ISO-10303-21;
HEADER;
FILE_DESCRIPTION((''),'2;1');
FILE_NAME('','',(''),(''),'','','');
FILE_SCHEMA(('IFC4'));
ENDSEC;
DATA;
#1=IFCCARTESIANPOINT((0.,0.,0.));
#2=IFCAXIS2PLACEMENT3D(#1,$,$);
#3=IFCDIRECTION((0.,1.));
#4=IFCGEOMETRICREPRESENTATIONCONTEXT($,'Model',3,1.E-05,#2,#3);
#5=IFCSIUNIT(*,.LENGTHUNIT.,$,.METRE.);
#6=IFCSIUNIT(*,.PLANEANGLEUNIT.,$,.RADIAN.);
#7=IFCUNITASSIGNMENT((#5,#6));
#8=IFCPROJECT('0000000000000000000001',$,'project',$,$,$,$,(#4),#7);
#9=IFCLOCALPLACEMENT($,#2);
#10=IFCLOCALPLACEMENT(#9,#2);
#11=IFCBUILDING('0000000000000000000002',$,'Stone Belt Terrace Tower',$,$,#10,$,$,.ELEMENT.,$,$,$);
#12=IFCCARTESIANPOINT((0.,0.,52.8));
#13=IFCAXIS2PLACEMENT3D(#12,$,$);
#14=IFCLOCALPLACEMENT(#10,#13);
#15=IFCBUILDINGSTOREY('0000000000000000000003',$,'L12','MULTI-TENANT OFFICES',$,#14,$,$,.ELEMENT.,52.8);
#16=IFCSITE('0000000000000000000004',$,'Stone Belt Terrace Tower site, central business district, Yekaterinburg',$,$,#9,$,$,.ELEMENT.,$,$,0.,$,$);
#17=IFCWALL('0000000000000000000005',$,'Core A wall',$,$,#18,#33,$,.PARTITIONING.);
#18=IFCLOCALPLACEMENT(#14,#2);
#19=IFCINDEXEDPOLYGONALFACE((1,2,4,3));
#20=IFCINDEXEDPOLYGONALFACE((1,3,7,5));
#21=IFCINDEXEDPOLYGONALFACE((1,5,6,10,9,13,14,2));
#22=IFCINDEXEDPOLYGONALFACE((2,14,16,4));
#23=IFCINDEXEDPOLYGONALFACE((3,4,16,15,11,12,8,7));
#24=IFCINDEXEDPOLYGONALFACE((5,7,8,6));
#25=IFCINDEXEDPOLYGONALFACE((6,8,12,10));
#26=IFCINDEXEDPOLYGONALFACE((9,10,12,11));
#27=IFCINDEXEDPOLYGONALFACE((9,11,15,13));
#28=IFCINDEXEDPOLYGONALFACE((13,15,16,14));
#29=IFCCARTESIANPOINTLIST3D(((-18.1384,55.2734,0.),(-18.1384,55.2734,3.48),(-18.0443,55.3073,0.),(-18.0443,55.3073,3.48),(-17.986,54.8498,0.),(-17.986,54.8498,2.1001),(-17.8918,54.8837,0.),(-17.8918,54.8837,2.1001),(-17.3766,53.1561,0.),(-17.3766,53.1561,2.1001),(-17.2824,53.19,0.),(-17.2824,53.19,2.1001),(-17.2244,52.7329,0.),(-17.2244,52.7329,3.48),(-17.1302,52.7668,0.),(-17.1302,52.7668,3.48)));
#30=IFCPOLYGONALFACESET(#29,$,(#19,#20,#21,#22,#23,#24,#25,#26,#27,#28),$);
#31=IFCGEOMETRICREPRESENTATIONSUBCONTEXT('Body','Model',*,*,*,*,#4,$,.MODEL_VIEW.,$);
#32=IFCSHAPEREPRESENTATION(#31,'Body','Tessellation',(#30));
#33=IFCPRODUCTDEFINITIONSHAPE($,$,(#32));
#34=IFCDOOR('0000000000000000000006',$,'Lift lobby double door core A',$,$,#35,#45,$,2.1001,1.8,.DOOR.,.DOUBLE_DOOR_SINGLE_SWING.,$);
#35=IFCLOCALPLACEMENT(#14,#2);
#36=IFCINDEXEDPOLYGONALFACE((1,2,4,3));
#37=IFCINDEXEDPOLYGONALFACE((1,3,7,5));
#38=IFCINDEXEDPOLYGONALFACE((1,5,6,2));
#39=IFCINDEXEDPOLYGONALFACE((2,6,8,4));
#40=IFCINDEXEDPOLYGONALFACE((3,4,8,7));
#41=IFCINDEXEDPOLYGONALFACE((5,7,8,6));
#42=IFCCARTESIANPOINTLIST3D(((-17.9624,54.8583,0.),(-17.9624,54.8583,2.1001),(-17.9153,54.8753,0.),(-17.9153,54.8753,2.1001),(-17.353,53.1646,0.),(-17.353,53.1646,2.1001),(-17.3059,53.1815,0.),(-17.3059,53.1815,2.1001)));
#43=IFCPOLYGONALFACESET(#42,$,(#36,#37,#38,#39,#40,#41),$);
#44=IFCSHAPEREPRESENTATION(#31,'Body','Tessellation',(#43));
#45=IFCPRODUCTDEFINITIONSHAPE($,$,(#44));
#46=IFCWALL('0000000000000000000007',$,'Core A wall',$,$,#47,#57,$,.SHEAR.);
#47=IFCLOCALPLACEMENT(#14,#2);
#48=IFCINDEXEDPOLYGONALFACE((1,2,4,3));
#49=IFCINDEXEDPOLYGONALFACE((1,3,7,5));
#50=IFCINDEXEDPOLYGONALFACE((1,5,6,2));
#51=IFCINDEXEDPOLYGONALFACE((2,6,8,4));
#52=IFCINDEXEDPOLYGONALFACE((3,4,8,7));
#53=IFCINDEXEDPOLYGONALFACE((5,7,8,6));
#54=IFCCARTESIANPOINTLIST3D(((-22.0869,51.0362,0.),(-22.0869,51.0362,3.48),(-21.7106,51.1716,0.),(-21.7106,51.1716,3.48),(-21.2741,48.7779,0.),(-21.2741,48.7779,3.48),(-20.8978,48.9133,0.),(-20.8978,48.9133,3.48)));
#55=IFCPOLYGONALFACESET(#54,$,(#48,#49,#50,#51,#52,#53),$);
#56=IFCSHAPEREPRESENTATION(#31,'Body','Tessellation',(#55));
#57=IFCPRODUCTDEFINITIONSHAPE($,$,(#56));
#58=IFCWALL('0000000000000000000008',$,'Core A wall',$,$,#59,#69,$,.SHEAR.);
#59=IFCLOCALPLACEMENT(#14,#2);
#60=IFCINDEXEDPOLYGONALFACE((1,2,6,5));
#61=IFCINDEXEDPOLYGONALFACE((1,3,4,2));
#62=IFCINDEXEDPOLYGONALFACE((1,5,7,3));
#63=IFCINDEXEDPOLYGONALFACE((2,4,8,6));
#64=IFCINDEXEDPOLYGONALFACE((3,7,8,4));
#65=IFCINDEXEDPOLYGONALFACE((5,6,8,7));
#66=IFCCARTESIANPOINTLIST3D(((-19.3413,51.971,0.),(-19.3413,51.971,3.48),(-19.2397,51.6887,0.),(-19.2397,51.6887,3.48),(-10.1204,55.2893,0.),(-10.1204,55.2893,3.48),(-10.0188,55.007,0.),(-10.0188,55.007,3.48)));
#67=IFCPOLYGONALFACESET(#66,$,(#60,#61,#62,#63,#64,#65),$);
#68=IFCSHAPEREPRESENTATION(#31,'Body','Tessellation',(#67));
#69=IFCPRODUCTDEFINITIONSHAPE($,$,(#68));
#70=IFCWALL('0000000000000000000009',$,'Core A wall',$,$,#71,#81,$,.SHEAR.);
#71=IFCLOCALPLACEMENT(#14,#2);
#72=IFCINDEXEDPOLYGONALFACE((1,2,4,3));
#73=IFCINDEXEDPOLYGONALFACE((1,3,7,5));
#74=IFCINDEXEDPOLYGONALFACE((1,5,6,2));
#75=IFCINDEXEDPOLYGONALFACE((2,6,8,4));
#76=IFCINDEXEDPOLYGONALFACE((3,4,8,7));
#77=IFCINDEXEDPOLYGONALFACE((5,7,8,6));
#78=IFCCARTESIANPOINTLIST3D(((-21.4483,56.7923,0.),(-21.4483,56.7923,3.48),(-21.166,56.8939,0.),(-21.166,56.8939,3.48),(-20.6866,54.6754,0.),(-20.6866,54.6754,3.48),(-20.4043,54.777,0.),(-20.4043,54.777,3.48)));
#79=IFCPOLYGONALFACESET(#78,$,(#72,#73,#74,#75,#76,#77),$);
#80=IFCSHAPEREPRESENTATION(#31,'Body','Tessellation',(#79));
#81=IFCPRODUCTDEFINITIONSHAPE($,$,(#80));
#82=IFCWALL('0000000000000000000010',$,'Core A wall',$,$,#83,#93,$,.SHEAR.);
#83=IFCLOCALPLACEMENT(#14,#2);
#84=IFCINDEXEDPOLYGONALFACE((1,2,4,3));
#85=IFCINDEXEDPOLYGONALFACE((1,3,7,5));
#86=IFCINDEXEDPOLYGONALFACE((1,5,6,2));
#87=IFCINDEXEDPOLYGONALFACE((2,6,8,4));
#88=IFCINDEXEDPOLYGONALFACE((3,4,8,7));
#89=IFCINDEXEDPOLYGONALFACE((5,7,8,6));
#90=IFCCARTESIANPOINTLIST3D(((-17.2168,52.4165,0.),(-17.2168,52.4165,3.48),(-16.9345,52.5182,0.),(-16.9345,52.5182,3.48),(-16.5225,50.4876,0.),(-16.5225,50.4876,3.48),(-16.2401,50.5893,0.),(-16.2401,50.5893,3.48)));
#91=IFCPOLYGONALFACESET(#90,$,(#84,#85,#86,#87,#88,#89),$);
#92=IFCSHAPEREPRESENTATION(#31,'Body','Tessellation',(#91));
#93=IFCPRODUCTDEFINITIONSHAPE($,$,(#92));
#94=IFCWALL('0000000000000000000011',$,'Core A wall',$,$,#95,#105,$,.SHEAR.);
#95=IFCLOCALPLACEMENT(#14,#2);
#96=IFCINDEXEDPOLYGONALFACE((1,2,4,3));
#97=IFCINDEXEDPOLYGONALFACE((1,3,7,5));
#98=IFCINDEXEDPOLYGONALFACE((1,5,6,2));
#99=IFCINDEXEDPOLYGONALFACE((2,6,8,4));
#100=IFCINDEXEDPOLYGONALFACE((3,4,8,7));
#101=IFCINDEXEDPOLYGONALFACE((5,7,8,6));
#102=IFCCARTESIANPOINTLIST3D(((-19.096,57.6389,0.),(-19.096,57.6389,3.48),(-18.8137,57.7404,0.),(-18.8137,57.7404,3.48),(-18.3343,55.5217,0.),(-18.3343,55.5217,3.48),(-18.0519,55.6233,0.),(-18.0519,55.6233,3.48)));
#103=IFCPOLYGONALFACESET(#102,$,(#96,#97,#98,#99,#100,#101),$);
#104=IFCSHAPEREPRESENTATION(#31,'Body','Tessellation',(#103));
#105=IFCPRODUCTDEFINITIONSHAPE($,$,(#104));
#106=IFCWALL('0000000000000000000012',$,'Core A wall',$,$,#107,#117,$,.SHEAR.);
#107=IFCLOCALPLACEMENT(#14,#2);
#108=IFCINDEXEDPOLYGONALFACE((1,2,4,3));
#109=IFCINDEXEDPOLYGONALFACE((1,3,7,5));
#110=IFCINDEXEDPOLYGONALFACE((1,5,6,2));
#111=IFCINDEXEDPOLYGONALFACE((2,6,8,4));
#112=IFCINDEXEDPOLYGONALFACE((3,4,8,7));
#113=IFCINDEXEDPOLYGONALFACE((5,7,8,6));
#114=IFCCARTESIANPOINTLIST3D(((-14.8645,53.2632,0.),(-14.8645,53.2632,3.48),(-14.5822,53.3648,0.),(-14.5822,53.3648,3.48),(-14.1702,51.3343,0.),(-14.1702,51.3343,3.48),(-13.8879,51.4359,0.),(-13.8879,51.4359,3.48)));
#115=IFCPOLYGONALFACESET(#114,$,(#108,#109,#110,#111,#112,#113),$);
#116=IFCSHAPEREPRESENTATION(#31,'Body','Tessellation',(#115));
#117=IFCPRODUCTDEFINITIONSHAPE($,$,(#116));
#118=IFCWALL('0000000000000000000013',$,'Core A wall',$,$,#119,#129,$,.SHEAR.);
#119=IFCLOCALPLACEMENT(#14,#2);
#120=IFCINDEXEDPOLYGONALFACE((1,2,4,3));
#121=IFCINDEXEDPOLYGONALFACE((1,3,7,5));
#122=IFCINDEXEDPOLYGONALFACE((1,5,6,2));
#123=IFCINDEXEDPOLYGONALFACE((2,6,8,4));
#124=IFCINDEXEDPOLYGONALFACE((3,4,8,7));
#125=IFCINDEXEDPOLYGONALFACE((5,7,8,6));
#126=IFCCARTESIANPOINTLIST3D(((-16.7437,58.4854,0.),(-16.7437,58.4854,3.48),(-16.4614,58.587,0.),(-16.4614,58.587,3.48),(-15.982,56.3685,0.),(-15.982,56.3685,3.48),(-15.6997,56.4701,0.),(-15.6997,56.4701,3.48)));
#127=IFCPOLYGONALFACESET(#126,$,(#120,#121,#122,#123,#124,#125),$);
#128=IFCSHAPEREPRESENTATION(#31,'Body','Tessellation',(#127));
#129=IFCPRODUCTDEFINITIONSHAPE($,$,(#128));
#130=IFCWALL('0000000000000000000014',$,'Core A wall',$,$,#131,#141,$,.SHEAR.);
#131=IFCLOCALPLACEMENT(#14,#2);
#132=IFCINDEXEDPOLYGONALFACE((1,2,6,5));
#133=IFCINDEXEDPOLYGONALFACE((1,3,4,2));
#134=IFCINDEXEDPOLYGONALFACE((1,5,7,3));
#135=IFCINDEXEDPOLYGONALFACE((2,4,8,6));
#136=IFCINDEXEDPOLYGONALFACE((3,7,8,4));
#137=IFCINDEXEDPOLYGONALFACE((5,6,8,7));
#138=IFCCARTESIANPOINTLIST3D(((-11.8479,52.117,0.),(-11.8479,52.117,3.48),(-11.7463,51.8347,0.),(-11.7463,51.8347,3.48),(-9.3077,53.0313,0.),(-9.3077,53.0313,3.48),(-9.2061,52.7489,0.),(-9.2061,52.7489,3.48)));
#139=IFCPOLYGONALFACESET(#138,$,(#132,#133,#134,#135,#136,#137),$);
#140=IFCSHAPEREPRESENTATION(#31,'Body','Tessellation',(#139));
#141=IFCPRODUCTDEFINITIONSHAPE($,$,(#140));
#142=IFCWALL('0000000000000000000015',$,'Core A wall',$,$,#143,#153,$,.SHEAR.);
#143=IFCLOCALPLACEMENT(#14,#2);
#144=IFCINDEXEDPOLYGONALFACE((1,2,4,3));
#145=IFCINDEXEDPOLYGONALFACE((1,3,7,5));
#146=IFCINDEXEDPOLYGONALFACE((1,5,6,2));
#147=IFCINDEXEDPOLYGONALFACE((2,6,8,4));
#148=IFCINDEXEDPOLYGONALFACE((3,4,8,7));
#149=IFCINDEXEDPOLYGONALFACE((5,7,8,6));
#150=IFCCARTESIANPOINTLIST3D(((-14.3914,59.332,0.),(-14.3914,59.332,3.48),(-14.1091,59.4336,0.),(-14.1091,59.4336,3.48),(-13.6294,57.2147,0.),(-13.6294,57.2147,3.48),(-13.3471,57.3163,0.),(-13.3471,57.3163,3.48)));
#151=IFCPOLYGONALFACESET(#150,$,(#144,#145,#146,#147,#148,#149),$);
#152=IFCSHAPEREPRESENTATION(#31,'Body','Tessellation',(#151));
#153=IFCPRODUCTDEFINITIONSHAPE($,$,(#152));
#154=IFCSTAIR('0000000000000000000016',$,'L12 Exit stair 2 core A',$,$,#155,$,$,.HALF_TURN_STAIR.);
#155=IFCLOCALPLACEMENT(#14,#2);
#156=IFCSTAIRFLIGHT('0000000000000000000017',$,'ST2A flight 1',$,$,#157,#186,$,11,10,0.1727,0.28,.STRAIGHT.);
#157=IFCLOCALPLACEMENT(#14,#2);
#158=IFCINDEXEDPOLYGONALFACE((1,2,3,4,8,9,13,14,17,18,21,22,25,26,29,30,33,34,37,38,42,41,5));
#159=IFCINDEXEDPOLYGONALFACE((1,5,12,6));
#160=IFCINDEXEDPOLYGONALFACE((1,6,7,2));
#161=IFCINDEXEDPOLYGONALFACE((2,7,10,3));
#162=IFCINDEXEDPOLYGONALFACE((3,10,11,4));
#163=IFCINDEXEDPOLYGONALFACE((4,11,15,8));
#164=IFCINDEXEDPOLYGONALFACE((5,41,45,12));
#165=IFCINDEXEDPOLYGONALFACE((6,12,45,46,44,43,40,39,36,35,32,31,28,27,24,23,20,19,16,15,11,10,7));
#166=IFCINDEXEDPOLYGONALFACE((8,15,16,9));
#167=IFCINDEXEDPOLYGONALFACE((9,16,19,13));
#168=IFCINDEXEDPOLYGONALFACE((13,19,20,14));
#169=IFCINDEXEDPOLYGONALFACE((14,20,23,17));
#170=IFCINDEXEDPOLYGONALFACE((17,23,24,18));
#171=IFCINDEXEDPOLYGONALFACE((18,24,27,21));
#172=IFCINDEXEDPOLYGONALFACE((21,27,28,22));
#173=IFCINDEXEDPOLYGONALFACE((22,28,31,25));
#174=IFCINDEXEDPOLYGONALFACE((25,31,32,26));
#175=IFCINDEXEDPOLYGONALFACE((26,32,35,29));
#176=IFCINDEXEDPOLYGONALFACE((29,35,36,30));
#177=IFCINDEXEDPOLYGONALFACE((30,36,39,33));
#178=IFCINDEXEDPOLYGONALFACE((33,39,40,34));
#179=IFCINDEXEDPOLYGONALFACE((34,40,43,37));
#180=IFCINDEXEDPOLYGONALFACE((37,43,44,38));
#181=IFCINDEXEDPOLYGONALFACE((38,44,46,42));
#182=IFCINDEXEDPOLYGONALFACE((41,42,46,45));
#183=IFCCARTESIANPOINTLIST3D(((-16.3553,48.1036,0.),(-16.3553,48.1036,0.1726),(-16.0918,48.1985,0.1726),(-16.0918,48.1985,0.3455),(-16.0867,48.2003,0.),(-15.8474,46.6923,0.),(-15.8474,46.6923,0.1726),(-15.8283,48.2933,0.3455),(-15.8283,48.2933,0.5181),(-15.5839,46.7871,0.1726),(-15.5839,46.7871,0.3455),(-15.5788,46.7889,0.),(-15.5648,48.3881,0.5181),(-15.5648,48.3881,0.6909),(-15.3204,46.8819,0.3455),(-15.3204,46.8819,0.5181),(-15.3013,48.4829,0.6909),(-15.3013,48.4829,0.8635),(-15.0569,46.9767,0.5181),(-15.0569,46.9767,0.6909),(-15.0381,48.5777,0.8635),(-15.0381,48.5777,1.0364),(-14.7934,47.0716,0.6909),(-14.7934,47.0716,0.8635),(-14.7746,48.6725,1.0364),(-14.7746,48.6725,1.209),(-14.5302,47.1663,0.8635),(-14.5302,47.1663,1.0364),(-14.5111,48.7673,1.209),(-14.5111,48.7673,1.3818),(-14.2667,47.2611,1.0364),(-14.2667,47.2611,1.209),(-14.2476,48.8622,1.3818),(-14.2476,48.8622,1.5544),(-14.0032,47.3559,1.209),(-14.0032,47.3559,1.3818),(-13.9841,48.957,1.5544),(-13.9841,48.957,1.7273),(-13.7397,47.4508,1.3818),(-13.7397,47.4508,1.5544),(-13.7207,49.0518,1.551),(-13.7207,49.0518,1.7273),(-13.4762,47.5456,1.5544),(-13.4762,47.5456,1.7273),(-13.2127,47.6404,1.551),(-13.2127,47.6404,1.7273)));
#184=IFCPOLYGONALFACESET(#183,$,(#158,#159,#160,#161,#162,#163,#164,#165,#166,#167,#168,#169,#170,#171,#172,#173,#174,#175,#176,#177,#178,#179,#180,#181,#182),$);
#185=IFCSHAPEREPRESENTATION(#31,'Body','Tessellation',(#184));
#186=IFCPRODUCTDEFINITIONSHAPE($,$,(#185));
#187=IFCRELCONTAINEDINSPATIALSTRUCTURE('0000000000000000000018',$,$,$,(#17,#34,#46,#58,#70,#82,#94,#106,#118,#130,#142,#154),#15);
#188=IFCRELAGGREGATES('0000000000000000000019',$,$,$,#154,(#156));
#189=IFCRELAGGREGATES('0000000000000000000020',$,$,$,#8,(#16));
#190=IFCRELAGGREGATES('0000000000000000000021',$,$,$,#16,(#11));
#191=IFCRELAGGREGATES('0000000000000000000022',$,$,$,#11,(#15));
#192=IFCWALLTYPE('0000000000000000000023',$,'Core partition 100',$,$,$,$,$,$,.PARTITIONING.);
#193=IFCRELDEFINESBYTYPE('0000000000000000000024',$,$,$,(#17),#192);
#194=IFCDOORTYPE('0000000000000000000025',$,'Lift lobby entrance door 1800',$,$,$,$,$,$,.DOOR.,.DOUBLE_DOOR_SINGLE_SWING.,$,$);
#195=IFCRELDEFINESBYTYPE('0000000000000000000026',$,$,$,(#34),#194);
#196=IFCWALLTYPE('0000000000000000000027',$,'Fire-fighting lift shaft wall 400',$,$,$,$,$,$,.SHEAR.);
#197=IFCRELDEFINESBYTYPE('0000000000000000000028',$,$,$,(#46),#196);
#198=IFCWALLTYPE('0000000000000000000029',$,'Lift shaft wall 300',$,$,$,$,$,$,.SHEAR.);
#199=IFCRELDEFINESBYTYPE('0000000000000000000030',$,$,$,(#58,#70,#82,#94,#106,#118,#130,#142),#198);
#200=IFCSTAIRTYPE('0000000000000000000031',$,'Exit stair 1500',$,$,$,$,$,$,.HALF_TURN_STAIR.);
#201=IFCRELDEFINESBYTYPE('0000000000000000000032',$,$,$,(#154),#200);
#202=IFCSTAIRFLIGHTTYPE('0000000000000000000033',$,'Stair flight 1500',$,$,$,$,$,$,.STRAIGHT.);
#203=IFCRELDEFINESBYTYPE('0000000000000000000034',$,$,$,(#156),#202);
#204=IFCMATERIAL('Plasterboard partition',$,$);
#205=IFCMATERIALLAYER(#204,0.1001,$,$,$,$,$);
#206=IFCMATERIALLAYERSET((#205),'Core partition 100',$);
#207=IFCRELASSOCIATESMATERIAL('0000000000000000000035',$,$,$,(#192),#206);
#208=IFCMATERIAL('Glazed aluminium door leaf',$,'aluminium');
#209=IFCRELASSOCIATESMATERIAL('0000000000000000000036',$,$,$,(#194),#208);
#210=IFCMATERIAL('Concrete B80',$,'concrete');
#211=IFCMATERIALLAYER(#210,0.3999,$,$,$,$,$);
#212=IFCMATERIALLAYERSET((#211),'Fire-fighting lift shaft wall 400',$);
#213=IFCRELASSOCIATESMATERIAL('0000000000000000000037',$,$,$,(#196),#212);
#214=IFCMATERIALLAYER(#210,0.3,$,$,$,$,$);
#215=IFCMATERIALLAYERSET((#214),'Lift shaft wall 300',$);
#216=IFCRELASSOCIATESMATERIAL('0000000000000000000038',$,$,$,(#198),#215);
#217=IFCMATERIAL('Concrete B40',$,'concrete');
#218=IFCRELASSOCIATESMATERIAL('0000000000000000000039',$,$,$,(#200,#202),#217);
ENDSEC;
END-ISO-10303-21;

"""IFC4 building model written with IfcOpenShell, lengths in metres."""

from ifc_helpers import new_model, si_unit, direction, frame, frame_2d, origin, place, context, subcontext, project, spatial, polyline, rectangle, outline, extrude, material, layer, layer_set, type_object, element, fill, aggregate, save


model = new_model("IFC4")

# Units and contexts
model_context = context("Model", 3, precision=1e-05, world=origin(), true_north=direction((0.0, 1.0)))
body_context = subcontext(model_context, "Body", "Model", "MODEL_VIEW")
ifc_project = project(units=[si_unit("LENGTHUNIT", "METRE"), si_unit("PLANEANGLEUNIT", "RADIAN")], contexts=[model_context])

# Site, building, storey
site_placement = place(None, origin())
site = spatial("IfcSite", under=ifc_project, at=site_placement, Name="Stone Belt Terrace Tower site, central business district, Yekaterinburg", CompositionType="ELEMENT", RefElevation=0.0)
building_placement = place(site_placement, origin())
building = spatial("IfcBuilding", under=site, at=building_placement, Name="Stone Belt Terrace Tower", CompositionType="ELEMENT")
storey_placement = place(building_placement, frame((0.0, 0.0, 52.8)))
storey = spatial("IfcBuildingStorey", under=building, at=storey_placement, Name="L12", Description="MULTI-TENANT OFFICES", CompositionType="ELEMENT", Elevation=52.8)

# Shared definitions
ifc_material_1 = material(Name="Concrete B80", Category="concrete")

# Wall, opening, door
ifc_material_2 = material(Name="Plasterboard partition")
ifc_layer_1 = layer(ifc_material_2, 0.1001)
ifc_layer_set_1 = layer_set([ifc_layer_1], Name="Core partition 100")
wall_type_1 = type_object("IfcWallType", Name="Core partition 100", PredefinedType="PARTITIONING", material=ifc_layer_set_1)
wall_1_placement = place(storey_placement, frame((-17.1772, 52.7498, 0.0), z_axis=(0.0, 0.0, 1.0), x_axis=(-0.338547, 0.94095, 0.0)))
wall_1 = element("IfcWall", 1, at=wall_1_placement, inside=storey, type_object=wall_type_1, Name="Core A wall", PredefinedType="PARTITIONING", context=body_context, shape_type="SweptSolid", body=[
    extrude(rectangle(XDim=2.7, YDim=0.1001, at=frame_2d((1.3501, 0.0))), origin(), (0.0, 0.0, 1.0), 3.48),
])
opening_placement = place(wall_1_placement, frame((0.45, 0.0, 0.0)))
opening = element("IfcOpeningElement", 2, at=opening_placement, cuts=wall_1, PredefinedType="OPENING", context=body_context, shape_type="SweptSolid", body=[
    extrude(rectangle(XDim=1.8, YDim=2.1001, at=frame_2d((0.8999, 1.05))), frame((0.0, 0.0601, 0.0), z_axis=(0.0, -1.0, 0.0), x_axis=(1.0, 0.0, 0.0)), (0.0, 0.0, 1.0), 0.1201),
])
ifc_material_3 = material(Name="Glazed aluminium door leaf", Category="aluminium")
door_type = type_object("IfcDoorType", Name="Lift lobby entrance door 1800", OperationType="DOUBLE_DOOR_SINGLE_SWING", PredefinedType="DOOR", material=ifc_material_3)
door_placement = place(opening_placement, origin())
door = element("IfcDoor", 3, at=door_placement, inside=storey, type_object=door_type, Name="Lift lobby double door core A", OperationType="DOUBLE_DOOR_SINGLE_SWING", OverallHeight=2.1001, OverallWidth=1.8, PredefinedType="DOOR", context=body_context, shape_type="SweptSolid", body=[
    extrude(rectangle(XDim=1.8, YDim=2.1001, at=frame_2d((0.8999, 1.05))), frame((0.0, 0.0249, 0.0), z_axis=(0.0, -1.0, 0.0), x_axis=(1.0, 0.0, 0.0)), (0.0, 0.0, 1.0), 0.05),
])
fill(opening, door)

# Walls
ifc_layer_2 = layer(ifc_material_1, 0.3999)
ifc_layer_set_2 = layer_set([ifc_layer_2], Name="Fire-fighting lift shaft wall 400")
wall_type_2 = type_object("IfcWallType", Name="Fire-fighting lift shaft wall 400", PredefinedType="SHEAR", material=ifc_layer_set_2)
wall_2_placement = place(storey_placement, frame((-21.0859, 48.8455, 0.0), z_axis=(0.0, 0.0, 1.0), x_axis=(-0.338629, 0.94092, 0.0)))
element("IfcWall", 4, at=wall_2_placement, inside=storey, type_object=wall_type_2, Name="Core A wall", PredefinedType="SHEAR", context=body_context, shape_type="SweptSolid", body=[
    extrude(rectangle(XDim=2.4001, YDim=0.3999, at=frame_2d((1.2002, 0.0))), origin(), (0.0, 0.0, 1.0), 3.48),
])
ifc_layer_3 = layer(ifc_material_1, 0.3)
ifc_layer_set_3 = layer_set([ifc_layer_3], Name="Lift shaft wall 300")
wall_type_3 = type_object("IfcWallType", Name="Lift shaft wall 300", PredefinedType="SHEAR", material=ifc_layer_set_3)
wall_3_placement = place(storey_placement, frame((-19.2905, 51.8298, 0.0), z_axis=(0.0, 0.0, 1.0), x_axis=(0.940926, 0.338613, 0.0)))
element("IfcWall", 5, at=wall_3_placement, inside=storey, type_object=wall_type_3, Name="Core A wall", PredefinedType="SHEAR", context=body_context, shape_type="SweptSolid", body=[
    extrude(rectangle(XDim=9.7998, YDim=0.3, at=frame_2d((4.8999, 0.0))), origin(), (0.0, 0.0, 1.0), 3.48),
])
wall_4_placement = place(storey_placement, frame((-20.5454, 54.7261, 0.0), z_axis=(0.0, 0.0, 1.0), x_axis=(-0.33857, 0.940941, 0.0)))
element("IfcWall", 6, at=wall_4_placement, inside=storey, type_object=wall_type_3, Name="Core A wall", PredefinedType="SHEAR", context=body_context, shape_type="SweptSolid", body=[
    extrude(rectangle(XDim=2.2498, YDim=0.3, at=frame_2d((1.125, 0.0))), origin(), (0.0, 0.0, 1.0), 3.48),
])
wall_5_placement = place(storey_placement, frame((-16.3813, 50.5386, 0.0), z_axis=(0.0, 0.0, 1.0), x_axis=(-0.338682, 0.940901, 0.0)))
element("IfcWall", 7, at=wall_5_placement, inside=storey, type_object=wall_type_3, Name="Core A wall", PredefinedType="SHEAR", context=body_context, shape_type="SweptSolid", body=[
    extrude(rectangle(XDim=2.05, YDim=0.3, at=frame_2d((1.0249, 0.0))), origin(), (0.0, 0.0, 1.0), 3.48),
])
wall_6_placement = place(storey_placement, frame((-18.1931, 55.5725, 0.0), z_axis=(0.0, 0.0, 1.0), x_axis=(-0.338535, 0.940954, 0.0)))
element("IfcWall", 8, at=wall_6_placement, inside=storey, type_object=wall_type_3, Name="Core A wall", PredefinedType="SHEAR", context=body_context, shape_type="SweptSolid", body=[
    extrude(rectangle(XDim=2.25, YDim=0.3, at=frame_2d((1.125, 0.0))), origin(), (0.0, 0.0, 1.0), 3.48),
])
wall_7_placement = place(storey_placement, frame((-14.0291, 51.3853, 0.0), z_axis=(0.0, 0.0, 1.0), x_axis=(-0.338682, 0.940901, 0.0)))
element("IfcWall", 9, at=wall_7_placement, inside=storey, type_object=wall_type_3, Name="Core A wall", PredefinedType="SHEAR", context=body_context, shape_type="SweptSolid", body=[
    extrude(rectangle(XDim=2.05, YDim=0.3, at=frame_2d((1.0249, 0.0))), origin(), (0.0, 0.0, 1.0), 3.48),
])
wall_8_placement = place(storey_placement, frame((-15.8408, 56.4192, 0.0), z_axis=(0.0, 0.0, 1.0), x_axis=(-0.33857, 0.940941, 0.0)))
element("IfcWall", 10, at=wall_8_placement, inside=storey, type_object=wall_type_3, Name="Core A wall", PredefinedType="SHEAR", context=body_context, shape_type="SweptSolid", body=[
    extrude(rectangle(XDim=2.2498, YDim=0.3, at=frame_2d((1.125, 0.0))), origin(), (0.0, 0.0, 1.0), 3.48),
])
wall_9_placement = place(storey_placement, frame((-11.7971, 51.9758, 0.0), z_axis=(0.0, 0.0, 1.0), x_axis=(0.94091, 0.338655, 0.0)))
element("IfcWall", 11, at=wall_9_placement, inside=storey, type_object=wall_type_3, Name="Core A wall", PredefinedType="SHEAR", context=body_context, shape_type="SweptSolid", body=[
    extrude(rectangle(XDim=2.6997, YDim=0.3, at=frame_2d((1.3499, 0.0))), origin(), (0.0, 0.0, 1.0), 3.48),
])
wall_10_placement = place(storey_placement, frame((-13.4883, 57.2656, 0.0), z_axis=(0.0, 0.0, 1.0), x_axis=(-0.338631, 0.940919, 0.0)))
element("IfcWall", 12, at=wall_10_placement, inside=storey, type_object=wall_type_3, Name="Core A wall", PredefinedType="SHEAR", context=body_context, shape_type="SweptSolid", body=[
    extrude(rectangle(XDim=2.2502, YDim=0.3, at=frame_2d((1.125, 0.0))), origin(), (0.0, 0.0, 1.0), 3.48),
])

# Stair, stair flight
ifc_material_4 = material(Name="Concrete B40", Category="concrete")
stair_type = type_object("IfcStairType", Name="Exit stair 1500", PredefinedType="HALF_TURN_STAIR", material=ifc_material_4)
stair_placement = place(storey_placement, origin())
stair = element("IfcStair", 13, at=stair_placement, inside=storey, type_object=stair_type, Name="L12 Exit stair 2 core A", PredefinedType="HALF_TURN_STAIR")
stair_flight_type = type_object("IfcStairFlightType", Name="Stair flight 1500", PredefinedType="STRAIGHT", material=ifc_material_4)
stair_flight_1_placement = place(storey_placement, frame((-16.1013, 47.3979, 0.0), z_axis=(0.0, 0.0, 1.0), x_axis=(0.940922, 0.338624, 0.0)))
stair_flight_1 = element("IfcStairFlight", 14, at=stair_flight_1_placement, type_object=stair_flight_type, Name="ST2A flight 1", NumberOfRisers=11, NumberOfTreads=10, PredefinedType="STRAIGHT", RiserHeight=0.1727, TreadLength=0.28, context=body_context, shape_type="SweptSolid", body=[
    extrude(outline(polyline([(0.0, 0.0), (0.0, 0.1726), (0.28, 0.1726), (0.28, 0.3455), (0.5601, 0.3455), (0.5601, 0.5181), (0.8401, 0.5181), (0.8401, 0.6909), (1.1201, 0.6909), (1.1201, 0.8635), (1.3999, 0.8635), (1.3999, 1.0364), (1.6799, 1.0364), (1.6799, 1.209), (1.96, 1.209), (1.96, 1.3818), (2.24, 1.3818), (2.24, 1.5544), (2.52, 1.5544), (2.52, 1.7273), (2.8, 1.7273), (2.8, 1.8999), (2.8, 1.551), (0.2854, 0.0), (0.0, 0.0)])), frame((0.0, 0.75, 0.0), z_axis=(0.0, -1.0, 0.0), x_axis=(1.0, 0.0, 0.0)), (0.0, 0.0, 1.0), 1.5),
])
aggregate(stair, [stair_flight_1])

save(model, "model.ifc")
